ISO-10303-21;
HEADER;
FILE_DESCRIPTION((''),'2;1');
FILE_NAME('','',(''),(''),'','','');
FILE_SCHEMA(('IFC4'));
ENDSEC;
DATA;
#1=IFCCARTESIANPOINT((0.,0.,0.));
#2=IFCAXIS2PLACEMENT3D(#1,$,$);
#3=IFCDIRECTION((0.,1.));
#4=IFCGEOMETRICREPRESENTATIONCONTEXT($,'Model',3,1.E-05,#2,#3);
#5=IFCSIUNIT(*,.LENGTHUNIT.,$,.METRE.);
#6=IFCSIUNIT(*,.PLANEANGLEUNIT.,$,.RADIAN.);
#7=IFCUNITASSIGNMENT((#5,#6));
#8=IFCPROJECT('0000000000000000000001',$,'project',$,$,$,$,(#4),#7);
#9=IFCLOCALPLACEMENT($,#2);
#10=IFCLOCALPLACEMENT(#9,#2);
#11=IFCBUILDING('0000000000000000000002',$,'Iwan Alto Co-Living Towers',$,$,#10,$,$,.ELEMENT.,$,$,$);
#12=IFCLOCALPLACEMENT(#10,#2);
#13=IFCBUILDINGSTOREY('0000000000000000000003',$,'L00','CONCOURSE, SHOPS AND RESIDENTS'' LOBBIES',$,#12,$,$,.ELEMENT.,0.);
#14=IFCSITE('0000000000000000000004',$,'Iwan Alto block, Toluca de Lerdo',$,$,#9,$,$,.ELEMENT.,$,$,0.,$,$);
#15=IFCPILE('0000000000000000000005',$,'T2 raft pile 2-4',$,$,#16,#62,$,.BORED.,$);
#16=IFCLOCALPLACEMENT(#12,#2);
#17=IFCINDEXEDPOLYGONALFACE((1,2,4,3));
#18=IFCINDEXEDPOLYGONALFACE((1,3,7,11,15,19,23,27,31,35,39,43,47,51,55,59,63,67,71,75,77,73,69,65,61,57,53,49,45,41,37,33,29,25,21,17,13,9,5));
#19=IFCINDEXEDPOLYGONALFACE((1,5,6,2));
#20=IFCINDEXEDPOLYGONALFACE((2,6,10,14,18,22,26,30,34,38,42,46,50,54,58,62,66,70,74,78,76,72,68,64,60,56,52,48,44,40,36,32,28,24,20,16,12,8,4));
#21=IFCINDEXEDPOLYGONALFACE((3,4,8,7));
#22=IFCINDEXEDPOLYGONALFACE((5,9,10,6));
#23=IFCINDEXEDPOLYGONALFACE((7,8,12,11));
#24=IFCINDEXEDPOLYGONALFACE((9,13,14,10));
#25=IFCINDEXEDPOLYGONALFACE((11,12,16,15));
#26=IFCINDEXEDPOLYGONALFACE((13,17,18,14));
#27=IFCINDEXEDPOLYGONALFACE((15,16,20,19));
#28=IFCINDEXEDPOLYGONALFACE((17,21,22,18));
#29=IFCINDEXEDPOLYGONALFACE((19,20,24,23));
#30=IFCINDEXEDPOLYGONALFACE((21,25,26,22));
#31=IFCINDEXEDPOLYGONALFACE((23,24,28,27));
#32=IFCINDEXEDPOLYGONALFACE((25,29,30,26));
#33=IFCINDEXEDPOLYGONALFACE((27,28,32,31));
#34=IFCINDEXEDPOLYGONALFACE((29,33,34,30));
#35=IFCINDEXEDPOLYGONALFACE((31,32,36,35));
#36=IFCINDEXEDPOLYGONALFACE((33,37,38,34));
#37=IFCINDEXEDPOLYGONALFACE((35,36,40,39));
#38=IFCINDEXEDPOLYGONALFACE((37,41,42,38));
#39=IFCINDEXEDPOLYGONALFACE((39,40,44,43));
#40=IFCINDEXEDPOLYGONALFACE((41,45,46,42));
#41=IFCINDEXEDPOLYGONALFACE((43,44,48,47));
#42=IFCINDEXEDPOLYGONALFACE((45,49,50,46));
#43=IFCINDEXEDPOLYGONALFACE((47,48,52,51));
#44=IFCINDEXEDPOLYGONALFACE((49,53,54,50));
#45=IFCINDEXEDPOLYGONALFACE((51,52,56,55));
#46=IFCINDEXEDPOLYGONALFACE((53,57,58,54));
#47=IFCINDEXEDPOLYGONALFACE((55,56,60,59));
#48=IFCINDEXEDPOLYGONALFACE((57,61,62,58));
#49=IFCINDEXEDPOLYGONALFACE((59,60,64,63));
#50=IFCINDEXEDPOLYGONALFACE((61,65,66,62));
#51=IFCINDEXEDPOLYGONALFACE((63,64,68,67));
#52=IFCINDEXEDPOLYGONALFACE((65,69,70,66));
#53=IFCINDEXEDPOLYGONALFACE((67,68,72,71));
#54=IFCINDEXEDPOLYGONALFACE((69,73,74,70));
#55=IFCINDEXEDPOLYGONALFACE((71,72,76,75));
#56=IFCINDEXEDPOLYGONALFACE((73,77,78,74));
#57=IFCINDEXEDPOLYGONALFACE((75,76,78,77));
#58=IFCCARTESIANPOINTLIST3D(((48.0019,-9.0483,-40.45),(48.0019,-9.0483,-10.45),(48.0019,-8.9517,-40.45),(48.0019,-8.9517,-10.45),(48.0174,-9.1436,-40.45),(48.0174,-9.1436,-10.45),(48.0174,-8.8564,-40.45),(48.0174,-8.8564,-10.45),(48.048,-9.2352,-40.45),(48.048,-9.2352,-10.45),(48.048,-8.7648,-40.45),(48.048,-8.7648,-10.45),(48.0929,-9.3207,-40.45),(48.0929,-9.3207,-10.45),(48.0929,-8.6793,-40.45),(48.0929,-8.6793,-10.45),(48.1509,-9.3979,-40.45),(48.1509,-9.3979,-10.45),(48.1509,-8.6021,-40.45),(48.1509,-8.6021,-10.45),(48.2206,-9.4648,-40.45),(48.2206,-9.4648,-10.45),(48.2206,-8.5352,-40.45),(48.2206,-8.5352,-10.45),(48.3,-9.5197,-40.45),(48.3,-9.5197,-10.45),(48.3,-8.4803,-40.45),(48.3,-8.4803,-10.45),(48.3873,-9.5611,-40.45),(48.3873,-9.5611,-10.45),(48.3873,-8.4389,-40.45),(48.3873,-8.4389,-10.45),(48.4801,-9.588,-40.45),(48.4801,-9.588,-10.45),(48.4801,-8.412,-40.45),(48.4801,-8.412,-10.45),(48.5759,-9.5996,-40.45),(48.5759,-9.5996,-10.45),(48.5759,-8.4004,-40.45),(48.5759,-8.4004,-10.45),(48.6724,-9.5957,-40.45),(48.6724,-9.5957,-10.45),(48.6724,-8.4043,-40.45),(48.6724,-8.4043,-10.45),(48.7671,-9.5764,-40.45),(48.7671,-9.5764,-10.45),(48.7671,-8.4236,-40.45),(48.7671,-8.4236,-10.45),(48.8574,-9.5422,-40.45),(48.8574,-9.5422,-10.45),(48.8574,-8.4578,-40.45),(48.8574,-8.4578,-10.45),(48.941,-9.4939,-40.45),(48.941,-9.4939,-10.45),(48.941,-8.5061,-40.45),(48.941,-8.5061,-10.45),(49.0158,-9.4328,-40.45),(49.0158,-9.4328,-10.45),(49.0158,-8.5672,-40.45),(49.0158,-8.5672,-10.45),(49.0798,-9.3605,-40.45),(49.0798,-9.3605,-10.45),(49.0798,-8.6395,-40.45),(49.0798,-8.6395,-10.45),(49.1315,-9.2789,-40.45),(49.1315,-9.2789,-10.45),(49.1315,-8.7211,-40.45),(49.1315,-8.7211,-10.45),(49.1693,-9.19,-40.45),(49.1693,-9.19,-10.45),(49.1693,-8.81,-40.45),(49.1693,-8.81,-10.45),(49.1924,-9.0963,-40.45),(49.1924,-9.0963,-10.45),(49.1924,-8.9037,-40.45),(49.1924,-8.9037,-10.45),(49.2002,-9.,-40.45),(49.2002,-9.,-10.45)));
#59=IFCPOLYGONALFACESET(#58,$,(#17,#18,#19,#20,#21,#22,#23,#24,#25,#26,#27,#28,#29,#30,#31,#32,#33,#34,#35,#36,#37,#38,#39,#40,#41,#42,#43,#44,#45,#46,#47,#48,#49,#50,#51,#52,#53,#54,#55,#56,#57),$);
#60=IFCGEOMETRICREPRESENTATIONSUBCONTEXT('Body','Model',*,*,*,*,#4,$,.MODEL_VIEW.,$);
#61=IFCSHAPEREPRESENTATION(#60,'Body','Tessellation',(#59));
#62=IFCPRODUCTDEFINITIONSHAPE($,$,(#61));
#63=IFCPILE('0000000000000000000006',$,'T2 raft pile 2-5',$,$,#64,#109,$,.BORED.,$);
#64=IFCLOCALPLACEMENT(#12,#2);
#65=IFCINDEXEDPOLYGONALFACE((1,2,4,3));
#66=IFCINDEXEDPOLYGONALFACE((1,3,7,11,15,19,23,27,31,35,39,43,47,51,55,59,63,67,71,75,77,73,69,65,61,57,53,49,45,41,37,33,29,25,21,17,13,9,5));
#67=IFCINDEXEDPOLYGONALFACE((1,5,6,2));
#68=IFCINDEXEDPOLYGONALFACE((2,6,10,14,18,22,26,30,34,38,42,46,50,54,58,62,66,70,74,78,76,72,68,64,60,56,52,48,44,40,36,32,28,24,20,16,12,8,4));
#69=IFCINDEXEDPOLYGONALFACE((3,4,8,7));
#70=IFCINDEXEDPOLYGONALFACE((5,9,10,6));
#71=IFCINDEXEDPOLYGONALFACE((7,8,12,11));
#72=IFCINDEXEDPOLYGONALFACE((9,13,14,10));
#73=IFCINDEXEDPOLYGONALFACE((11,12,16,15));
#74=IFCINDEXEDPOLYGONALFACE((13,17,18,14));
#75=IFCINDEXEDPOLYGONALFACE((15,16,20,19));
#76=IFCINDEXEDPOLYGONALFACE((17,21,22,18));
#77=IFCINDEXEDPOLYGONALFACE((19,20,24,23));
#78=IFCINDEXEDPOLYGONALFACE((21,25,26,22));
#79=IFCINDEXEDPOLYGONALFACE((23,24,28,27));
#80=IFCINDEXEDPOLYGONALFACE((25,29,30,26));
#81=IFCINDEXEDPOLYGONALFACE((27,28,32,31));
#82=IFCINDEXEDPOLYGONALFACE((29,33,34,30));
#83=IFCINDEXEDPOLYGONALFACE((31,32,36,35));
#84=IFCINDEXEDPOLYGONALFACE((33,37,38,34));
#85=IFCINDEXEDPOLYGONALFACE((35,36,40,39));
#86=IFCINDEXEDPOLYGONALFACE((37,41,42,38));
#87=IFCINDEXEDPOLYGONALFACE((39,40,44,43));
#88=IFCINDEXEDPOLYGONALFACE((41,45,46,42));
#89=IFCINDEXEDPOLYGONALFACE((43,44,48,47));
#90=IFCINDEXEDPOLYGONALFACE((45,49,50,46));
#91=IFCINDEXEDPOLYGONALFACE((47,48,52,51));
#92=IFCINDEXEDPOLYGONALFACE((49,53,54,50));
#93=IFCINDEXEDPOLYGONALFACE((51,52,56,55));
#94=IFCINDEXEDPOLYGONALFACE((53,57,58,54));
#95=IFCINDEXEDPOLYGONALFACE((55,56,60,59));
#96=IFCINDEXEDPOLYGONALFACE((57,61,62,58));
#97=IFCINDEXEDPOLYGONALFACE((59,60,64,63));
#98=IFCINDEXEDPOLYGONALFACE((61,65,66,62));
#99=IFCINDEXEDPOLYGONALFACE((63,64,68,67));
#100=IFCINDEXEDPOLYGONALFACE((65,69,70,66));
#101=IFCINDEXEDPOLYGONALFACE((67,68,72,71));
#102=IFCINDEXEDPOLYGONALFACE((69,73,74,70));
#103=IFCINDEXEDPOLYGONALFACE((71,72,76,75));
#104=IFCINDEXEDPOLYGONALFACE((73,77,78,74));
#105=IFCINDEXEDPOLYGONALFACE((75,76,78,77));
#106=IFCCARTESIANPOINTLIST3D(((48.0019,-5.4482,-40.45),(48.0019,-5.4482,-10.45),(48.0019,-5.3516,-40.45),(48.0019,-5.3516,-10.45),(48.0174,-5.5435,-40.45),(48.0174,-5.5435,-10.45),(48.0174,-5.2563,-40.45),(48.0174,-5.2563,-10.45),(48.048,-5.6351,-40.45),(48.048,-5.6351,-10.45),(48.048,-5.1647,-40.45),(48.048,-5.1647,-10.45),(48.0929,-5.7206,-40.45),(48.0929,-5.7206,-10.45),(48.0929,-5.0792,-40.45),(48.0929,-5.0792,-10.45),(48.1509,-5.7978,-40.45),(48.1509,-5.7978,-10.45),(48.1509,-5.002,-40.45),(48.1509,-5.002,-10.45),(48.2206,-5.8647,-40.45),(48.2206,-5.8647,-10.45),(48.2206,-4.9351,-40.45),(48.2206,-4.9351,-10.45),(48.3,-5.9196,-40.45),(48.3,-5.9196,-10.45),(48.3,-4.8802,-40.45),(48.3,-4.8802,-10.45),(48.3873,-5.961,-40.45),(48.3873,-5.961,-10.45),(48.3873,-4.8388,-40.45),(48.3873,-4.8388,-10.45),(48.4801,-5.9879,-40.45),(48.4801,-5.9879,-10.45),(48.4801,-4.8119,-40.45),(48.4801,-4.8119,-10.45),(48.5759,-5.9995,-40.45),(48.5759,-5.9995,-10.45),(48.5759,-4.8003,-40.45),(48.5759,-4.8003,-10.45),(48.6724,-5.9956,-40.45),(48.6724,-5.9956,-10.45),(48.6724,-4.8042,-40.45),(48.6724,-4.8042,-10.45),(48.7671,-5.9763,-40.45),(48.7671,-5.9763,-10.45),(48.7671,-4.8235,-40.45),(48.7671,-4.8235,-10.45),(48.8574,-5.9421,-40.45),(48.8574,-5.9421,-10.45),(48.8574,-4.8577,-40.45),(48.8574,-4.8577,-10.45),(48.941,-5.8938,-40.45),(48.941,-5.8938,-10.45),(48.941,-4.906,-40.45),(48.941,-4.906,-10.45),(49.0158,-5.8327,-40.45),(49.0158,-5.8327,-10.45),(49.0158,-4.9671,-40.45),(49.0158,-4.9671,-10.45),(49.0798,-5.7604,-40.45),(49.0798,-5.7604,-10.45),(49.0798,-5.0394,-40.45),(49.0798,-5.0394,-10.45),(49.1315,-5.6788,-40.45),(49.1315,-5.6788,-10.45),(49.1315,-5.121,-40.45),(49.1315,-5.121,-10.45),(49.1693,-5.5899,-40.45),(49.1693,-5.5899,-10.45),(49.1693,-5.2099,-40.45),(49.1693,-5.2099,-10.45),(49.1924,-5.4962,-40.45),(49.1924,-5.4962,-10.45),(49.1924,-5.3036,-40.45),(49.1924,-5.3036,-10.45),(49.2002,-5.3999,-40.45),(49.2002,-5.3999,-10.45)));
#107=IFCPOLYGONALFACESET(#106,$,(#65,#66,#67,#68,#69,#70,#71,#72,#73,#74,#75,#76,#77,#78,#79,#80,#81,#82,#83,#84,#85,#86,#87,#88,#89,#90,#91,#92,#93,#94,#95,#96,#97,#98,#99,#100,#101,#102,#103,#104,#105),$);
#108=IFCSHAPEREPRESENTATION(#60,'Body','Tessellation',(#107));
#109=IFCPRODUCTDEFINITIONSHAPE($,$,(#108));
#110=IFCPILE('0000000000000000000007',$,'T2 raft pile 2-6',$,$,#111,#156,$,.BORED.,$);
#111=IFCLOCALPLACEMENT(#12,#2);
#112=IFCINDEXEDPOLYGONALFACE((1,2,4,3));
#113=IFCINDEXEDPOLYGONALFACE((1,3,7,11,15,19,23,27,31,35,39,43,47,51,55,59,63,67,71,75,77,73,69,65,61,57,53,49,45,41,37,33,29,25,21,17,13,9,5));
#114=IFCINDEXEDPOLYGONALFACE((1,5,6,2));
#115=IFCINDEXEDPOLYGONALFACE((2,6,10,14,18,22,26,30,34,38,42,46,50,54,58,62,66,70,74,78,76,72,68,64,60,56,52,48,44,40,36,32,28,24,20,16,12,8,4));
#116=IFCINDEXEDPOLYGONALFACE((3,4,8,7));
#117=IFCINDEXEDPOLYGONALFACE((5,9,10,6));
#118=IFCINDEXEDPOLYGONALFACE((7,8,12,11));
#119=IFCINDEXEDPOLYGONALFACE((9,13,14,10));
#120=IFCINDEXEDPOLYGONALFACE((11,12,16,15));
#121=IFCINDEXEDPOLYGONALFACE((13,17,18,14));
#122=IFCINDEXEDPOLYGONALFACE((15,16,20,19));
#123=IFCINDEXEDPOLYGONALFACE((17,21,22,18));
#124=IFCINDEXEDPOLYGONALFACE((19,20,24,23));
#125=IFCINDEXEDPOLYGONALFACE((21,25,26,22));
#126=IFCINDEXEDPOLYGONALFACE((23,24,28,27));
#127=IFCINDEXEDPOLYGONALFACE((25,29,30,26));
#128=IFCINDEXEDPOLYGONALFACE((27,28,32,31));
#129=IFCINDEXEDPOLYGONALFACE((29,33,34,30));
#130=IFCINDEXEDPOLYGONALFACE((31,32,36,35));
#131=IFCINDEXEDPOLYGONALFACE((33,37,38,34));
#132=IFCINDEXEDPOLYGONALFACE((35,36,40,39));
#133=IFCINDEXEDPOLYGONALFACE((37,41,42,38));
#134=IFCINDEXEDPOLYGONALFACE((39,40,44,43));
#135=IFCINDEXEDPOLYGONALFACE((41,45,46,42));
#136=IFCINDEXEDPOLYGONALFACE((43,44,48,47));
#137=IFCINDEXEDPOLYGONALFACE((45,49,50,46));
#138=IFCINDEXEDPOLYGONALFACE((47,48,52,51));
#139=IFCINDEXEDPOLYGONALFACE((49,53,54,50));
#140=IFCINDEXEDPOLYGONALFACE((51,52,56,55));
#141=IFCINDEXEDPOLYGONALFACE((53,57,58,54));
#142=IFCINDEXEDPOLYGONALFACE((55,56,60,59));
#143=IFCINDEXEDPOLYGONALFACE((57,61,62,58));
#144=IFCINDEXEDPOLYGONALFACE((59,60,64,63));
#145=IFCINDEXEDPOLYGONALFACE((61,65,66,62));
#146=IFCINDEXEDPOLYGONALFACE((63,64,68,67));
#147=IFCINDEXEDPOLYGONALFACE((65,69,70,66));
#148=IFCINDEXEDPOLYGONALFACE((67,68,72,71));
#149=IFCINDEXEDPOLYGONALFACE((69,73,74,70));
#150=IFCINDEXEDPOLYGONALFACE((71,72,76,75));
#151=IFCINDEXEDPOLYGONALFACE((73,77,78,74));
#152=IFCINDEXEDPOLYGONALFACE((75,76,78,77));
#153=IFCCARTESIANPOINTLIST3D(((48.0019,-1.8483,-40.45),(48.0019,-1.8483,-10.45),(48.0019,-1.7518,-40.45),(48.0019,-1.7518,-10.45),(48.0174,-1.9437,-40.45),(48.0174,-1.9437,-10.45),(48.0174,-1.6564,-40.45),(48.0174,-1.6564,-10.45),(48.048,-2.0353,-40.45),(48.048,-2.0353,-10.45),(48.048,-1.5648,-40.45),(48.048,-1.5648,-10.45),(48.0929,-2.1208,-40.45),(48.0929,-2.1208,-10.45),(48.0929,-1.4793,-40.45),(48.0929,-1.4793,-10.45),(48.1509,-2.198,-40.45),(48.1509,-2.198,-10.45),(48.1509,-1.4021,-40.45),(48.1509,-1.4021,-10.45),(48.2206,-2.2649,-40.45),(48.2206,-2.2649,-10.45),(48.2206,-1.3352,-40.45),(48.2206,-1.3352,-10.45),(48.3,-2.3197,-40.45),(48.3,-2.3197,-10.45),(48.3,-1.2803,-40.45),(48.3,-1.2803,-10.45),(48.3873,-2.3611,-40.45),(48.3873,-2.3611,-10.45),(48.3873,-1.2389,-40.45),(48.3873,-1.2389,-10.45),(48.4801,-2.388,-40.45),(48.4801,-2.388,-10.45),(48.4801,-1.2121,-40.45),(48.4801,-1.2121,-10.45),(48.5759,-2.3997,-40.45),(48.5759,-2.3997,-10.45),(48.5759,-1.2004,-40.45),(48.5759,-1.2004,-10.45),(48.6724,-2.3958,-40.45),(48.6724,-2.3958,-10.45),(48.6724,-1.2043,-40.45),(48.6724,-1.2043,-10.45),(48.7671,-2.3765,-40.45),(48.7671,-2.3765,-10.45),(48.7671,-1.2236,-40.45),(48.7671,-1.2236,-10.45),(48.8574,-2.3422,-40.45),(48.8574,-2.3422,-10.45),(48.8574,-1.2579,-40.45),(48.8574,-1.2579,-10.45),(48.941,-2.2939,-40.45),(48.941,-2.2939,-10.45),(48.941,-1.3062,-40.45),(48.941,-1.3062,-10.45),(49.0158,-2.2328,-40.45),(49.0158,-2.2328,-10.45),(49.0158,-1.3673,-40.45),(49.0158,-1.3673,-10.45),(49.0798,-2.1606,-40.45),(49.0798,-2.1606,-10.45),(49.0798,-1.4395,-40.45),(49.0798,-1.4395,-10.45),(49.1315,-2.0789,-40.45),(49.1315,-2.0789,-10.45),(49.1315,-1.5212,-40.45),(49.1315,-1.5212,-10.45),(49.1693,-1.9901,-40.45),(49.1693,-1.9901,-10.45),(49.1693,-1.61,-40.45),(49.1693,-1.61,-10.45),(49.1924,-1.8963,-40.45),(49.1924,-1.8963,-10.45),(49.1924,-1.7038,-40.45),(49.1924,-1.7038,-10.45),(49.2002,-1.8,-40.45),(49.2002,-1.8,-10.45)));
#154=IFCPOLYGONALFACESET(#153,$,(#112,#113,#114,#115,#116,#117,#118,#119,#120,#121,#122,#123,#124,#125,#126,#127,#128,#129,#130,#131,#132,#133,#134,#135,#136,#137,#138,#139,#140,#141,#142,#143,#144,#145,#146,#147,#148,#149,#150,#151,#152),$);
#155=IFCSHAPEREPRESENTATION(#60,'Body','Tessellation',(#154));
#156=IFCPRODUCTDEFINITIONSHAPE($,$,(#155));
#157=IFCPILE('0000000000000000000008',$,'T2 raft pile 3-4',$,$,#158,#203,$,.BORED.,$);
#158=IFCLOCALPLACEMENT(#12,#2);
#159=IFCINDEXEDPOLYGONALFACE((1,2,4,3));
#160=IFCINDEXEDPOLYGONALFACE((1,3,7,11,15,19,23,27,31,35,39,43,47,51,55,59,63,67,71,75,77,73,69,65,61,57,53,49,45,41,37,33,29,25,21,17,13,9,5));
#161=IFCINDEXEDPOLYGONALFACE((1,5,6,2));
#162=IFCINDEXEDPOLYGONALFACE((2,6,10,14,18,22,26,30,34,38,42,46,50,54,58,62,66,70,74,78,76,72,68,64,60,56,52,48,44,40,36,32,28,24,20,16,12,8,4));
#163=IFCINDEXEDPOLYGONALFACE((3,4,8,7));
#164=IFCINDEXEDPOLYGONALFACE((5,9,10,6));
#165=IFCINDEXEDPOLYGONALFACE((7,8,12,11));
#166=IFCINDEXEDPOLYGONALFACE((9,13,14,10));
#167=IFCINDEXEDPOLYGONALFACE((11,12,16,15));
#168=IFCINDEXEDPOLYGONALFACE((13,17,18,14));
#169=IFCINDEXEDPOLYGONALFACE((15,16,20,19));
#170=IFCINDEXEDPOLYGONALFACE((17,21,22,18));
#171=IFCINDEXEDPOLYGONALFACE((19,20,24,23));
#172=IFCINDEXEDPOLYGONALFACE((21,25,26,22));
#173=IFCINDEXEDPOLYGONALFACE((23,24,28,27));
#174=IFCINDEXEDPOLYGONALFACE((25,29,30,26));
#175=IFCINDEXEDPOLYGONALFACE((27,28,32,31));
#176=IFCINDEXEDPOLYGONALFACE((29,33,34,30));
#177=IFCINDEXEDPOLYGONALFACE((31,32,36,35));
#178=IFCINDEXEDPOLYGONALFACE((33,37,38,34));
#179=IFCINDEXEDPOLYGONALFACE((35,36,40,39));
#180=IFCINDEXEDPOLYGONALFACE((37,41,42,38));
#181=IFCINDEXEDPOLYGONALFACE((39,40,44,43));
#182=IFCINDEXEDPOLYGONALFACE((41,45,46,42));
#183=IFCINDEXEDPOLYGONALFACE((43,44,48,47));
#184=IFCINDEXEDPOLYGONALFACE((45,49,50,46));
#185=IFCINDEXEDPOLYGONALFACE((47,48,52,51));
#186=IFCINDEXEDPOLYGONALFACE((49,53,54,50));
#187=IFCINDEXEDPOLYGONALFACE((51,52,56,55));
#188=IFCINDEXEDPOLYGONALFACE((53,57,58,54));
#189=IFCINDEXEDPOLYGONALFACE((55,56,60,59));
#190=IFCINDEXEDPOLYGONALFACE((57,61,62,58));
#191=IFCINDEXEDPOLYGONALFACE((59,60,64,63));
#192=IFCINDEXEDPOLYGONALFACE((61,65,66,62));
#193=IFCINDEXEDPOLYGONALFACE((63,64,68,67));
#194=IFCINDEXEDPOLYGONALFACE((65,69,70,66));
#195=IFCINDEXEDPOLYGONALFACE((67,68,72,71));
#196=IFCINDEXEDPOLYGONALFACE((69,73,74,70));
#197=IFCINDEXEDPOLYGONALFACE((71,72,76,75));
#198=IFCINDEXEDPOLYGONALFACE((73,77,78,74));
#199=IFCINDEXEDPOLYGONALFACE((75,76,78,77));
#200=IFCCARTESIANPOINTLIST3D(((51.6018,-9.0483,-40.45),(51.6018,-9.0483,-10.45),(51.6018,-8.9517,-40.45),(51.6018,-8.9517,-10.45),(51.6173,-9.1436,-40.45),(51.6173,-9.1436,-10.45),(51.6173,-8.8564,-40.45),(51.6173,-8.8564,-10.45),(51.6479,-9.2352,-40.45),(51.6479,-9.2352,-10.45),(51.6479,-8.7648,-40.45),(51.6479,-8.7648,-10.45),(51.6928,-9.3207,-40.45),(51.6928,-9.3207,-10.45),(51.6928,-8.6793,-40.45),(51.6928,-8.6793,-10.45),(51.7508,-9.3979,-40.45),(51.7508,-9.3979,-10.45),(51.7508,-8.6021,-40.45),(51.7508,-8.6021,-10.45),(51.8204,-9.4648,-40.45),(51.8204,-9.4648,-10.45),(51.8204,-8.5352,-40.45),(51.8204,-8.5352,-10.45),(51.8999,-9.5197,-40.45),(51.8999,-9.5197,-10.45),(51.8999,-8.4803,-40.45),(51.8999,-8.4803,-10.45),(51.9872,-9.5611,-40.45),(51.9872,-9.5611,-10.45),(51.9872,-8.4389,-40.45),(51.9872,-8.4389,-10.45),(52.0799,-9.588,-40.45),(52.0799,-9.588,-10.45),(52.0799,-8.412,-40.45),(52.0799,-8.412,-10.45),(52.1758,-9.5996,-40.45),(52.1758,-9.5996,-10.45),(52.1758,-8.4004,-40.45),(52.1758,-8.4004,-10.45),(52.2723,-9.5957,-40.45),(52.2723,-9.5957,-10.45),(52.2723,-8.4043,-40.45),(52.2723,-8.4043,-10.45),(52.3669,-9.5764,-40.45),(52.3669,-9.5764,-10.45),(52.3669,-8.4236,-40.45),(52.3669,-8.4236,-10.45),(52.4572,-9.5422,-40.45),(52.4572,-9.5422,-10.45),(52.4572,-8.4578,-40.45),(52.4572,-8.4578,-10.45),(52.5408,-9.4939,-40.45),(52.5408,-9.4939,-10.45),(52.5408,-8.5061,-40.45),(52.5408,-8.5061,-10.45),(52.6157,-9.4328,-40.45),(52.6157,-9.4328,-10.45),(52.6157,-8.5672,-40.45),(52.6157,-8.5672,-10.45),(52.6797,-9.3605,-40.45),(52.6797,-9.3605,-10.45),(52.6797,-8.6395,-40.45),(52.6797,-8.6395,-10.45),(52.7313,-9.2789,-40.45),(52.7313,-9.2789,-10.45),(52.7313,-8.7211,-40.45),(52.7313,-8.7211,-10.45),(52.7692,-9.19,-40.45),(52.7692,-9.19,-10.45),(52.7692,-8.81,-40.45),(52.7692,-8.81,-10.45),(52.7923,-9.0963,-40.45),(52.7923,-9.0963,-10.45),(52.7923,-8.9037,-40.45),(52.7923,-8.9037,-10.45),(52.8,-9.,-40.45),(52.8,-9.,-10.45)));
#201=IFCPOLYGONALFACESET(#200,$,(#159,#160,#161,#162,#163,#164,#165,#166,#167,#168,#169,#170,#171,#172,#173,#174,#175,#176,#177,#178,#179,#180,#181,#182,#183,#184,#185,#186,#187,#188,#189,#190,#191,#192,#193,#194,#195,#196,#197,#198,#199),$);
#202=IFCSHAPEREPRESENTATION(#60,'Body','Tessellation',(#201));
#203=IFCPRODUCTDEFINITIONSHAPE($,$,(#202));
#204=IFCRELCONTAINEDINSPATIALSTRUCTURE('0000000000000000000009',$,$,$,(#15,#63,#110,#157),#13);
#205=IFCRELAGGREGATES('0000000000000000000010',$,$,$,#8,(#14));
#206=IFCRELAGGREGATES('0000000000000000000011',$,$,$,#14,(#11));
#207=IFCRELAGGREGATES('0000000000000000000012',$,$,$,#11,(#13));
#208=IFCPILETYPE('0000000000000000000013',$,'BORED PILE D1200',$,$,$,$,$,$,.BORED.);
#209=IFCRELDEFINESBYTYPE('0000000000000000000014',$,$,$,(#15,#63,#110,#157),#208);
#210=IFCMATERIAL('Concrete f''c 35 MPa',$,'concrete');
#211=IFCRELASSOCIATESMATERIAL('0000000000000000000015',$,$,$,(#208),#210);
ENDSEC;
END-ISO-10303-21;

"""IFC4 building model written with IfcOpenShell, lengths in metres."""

from ifc_helpers import new_model, si_unit, direction, frame, origin, origin_2d, place, context, subcontext, project, spatial, circle, extrude, material, material_profile, profile_set, type_object, element, save


model = new_model("IFC4")

# Units and contexts
model_context = context("Model", 3, precision=1e-05, world=origin(), true_north=direction((0.0, 1.0)))
body_context = subcontext(model_context, "Body", "Model", "MODEL_VIEW")
ifc_project = project(units=[si_unit("LENGTHUNIT", "METRE"), si_unit("PLANEANGLEUNIT", "RADIAN")], contexts=[model_context])

# Site, building, storey
site_placement = place(None, origin())
site = spatial("IfcSite", under=ifc_project, at=site_placement, Name="Iwan Alto block, Toluca de Lerdo", CompositionType="ELEMENT", RefElevation=0.0)
building_placement = place(site_placement, origin())
building = spatial("IfcBuilding", under=site, at=building_placement, Name="Iwan Alto Co-Living Towers", CompositionType="ELEMENT")
storey_placement = place(building_placement, origin())
storey = spatial("IfcBuildingStorey", under=building, at=storey_placement, Name="L00", Description="CONCOURSE, SHOPS AND RESIDENTS' LOBBIES", CompositionType="ELEMENT", Elevation=0.0)

# Piles
ifc_material_1 = material(Name="Concrete f'c 35 MPa", Category="concrete")
ifc_material_profile_1 = material_profile(ifc_material_1, circle(Radius=0.6001, at=origin_2d()), Name="D1200")
ifc_profile_set_1 = profile_set([ifc_material_profile_1], Name="Concrete f'c 35 MPa")
pile_type = type_object("IfcPileType", Name="BORED PILE D1200", PredefinedType="BORED", material=ifc_profile_set_1)
for number, where, z_axis, x_axis, name in (
    (1, (48.6001, -9.0, -10.45), (0.0, 0.0, -1.0), (1.0, 0.0, 0.0), "T2 raft pile 2-4"),
    (2, (48.6001, -5.3999, -10.45), (0.0, 0.0, -1.0), (1.0, 0.0, 0.0), "T2 raft pile 2-5"),
    (3, (48.6001, -1.8, -10.45), (0.0, 0.0, -1.0), (1.0, 0.0, 0.0), "T2 raft pile 2-6"),
    (4, (52.2, -9.0, -10.45), (0.0, 0.0, -1.0), (1.0, 0.0, 0.0), "T2 raft pile 3-4"),
):
    element("IfcPile", number, at=place(storey_placement, frame(where, z_axis=z_axis, x_axis=x_axis)), inside=storey, type_object=pile_type, Name=name, PredefinedType="BORED", context=body_context, shape_type="SweptSolid", body=[
        extrude(circle(Radius=0.6001, at=origin_2d()), origin(), (0.0, 0.0, 1.0), 30.0),
    ])

save(model, "model.ifc")
